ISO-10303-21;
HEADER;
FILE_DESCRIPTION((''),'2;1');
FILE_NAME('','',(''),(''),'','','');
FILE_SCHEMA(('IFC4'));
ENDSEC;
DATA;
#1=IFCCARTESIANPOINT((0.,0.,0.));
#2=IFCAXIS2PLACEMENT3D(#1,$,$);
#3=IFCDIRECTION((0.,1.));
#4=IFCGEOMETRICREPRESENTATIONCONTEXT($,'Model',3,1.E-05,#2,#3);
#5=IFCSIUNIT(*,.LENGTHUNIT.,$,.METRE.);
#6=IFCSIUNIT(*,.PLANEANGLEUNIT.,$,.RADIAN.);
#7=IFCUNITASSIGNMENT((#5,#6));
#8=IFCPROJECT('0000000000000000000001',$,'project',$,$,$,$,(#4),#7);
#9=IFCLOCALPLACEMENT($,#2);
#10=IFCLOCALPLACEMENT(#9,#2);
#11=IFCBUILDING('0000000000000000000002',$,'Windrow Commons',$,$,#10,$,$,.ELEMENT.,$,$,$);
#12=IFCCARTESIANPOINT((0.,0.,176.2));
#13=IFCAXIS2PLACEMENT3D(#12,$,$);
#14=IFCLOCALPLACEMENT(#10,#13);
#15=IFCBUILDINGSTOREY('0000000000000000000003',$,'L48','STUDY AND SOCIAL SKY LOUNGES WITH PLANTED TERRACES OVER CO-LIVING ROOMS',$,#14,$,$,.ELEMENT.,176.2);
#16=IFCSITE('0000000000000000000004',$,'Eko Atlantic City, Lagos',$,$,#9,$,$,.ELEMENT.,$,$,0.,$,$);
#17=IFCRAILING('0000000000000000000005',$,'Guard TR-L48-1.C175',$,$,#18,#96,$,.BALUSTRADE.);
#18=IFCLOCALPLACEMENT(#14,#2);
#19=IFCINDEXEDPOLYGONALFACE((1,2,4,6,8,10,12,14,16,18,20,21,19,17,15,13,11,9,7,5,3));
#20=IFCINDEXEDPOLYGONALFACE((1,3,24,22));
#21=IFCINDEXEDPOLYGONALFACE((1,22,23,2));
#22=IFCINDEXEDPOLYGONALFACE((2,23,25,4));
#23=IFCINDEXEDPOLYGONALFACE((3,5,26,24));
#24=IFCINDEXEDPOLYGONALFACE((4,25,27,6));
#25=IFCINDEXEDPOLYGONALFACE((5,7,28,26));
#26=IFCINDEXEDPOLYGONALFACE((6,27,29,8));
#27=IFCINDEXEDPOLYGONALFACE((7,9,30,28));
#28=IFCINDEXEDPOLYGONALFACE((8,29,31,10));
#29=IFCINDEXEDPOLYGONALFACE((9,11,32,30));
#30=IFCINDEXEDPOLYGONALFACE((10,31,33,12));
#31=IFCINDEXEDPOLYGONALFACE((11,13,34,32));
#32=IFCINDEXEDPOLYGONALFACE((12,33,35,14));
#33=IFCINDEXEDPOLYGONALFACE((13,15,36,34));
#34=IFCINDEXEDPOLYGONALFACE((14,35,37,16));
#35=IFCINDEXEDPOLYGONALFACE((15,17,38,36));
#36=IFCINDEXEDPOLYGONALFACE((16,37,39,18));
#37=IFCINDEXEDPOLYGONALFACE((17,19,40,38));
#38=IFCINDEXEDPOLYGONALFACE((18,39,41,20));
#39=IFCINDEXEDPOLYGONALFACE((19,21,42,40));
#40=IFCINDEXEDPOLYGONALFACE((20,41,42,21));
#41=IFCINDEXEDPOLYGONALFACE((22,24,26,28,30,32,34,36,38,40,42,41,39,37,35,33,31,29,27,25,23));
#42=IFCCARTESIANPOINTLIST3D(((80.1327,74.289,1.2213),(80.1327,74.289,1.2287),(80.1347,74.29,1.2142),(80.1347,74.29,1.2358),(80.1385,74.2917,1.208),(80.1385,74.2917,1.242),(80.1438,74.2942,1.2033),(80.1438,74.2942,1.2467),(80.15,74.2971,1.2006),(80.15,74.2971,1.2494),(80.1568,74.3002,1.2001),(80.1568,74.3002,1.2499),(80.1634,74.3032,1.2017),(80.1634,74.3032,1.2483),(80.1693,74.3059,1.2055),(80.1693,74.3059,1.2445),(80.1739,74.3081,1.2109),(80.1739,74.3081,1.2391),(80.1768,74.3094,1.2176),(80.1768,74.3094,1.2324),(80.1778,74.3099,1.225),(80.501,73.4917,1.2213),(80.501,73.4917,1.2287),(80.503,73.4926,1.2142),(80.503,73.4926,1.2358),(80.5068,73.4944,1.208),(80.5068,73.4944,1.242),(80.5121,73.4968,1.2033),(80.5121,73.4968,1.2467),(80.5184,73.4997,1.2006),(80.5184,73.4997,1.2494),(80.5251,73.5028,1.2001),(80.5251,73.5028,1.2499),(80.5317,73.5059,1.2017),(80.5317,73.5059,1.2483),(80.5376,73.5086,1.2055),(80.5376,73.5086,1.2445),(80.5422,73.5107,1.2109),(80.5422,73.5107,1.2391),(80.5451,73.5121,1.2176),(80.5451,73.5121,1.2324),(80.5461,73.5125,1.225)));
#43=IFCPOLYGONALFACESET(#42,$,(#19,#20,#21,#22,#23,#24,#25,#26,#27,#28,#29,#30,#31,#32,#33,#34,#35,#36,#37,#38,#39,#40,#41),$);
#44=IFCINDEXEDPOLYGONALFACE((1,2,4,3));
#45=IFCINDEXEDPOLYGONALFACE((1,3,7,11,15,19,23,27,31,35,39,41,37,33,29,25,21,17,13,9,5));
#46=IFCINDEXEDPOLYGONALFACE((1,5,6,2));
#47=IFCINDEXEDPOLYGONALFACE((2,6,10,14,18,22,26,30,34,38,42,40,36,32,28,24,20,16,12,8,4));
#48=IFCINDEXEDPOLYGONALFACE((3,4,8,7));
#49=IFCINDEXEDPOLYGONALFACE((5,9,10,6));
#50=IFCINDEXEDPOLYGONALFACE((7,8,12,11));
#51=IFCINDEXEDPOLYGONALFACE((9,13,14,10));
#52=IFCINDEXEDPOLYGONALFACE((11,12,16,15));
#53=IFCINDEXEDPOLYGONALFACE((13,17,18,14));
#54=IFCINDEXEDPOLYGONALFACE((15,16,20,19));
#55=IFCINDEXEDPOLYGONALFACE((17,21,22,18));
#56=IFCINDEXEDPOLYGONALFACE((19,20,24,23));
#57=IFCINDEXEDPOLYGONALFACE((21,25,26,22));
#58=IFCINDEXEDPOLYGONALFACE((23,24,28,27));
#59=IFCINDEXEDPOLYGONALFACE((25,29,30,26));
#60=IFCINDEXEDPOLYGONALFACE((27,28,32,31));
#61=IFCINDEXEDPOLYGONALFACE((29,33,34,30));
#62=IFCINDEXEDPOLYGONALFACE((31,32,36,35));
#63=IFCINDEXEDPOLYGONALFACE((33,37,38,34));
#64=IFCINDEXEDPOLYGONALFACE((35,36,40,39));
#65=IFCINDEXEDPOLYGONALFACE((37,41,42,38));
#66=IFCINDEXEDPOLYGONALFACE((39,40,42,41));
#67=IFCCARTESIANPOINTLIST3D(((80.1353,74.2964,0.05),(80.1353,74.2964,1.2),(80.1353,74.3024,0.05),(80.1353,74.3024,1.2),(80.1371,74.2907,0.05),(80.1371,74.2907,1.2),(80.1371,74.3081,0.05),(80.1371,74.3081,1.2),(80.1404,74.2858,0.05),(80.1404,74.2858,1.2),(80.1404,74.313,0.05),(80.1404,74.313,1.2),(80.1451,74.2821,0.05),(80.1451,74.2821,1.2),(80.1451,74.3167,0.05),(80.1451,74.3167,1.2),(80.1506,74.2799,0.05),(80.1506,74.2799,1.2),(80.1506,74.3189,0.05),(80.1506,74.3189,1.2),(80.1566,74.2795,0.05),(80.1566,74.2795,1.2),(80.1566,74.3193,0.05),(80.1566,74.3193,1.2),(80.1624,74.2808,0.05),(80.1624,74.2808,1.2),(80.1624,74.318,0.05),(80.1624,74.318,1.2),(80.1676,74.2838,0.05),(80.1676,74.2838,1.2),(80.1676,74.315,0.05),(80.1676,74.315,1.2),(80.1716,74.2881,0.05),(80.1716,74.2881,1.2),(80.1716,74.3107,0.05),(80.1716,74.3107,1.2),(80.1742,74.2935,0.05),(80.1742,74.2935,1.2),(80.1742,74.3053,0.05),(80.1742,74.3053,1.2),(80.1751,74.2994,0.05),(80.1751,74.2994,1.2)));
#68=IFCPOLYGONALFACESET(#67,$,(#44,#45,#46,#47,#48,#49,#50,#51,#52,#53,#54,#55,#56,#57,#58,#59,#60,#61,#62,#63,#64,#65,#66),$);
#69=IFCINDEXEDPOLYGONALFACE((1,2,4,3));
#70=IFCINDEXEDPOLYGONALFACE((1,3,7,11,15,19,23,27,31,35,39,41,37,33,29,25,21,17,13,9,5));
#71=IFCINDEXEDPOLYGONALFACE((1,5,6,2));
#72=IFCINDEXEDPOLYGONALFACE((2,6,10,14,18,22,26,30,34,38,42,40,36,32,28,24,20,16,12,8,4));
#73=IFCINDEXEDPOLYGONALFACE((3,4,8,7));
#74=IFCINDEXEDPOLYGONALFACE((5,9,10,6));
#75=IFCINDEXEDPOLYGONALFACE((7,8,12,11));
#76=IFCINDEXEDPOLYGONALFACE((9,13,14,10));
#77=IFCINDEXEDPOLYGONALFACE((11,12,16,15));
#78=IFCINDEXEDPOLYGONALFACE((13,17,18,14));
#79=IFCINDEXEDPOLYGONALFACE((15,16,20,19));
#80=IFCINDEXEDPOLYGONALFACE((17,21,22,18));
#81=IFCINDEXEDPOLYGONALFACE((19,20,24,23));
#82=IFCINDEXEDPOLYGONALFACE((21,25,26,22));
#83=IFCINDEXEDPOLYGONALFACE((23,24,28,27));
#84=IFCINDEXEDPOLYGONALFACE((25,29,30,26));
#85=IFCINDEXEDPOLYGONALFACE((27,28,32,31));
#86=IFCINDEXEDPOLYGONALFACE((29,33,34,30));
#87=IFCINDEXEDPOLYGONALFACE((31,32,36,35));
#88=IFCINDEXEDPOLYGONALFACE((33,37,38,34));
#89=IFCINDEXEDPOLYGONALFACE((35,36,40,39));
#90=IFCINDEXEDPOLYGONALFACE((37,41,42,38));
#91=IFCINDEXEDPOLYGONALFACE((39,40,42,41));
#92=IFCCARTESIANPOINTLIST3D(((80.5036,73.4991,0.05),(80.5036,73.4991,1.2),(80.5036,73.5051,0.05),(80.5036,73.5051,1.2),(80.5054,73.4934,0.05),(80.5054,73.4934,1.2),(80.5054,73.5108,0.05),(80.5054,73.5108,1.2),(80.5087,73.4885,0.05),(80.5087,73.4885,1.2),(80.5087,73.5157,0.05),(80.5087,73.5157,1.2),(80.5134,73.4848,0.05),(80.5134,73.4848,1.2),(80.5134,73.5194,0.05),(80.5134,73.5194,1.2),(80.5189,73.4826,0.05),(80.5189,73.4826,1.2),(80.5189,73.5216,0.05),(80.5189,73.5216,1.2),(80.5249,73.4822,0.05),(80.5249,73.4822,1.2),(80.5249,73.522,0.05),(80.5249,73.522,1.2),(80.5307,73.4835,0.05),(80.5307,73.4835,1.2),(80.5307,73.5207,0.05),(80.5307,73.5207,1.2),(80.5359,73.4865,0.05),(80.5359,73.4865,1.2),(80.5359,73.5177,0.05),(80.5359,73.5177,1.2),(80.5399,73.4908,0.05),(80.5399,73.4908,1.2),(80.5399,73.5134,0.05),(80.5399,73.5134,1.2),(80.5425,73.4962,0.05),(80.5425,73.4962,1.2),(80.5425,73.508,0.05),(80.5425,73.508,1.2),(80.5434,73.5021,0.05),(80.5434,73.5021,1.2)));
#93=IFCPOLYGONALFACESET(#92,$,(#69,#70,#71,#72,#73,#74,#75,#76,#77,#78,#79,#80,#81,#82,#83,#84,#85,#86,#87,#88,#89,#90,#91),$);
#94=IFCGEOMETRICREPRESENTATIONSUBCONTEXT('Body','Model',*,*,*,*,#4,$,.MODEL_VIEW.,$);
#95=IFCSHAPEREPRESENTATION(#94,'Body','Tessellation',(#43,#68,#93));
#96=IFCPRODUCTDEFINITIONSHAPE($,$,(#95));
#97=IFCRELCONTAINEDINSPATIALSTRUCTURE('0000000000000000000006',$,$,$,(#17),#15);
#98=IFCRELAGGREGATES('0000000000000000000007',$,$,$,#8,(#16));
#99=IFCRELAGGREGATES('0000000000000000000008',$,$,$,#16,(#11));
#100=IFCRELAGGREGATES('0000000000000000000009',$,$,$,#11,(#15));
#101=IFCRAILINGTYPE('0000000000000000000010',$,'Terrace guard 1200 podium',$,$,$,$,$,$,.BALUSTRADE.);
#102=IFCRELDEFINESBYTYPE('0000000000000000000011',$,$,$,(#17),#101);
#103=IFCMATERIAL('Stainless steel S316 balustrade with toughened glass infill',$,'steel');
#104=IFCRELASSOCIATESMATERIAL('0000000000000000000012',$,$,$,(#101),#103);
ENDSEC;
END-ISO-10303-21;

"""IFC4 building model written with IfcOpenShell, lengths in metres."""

from ifc_helpers import new_model, si_unit, direction, frame, origin, origin_2d, place, context, subcontext, project, spatial, circle, extrude, material, type_object, element, save


model = new_model("IFC4")

# Units and contexts
model_context = context("Model", 3, precision=1e-05, world=origin(), true_north=direction((0.0, 1.0)))
body_context = subcontext(model_context, "Body", "Model", "MODEL_VIEW")
ifc_project = project(units=[si_unit("LENGTHUNIT", "METRE"), si_unit("PLANEANGLEUNIT", "RADIAN")], contexts=[model_context])

# Site, building, storey
site_placement = place(None, origin())
site = spatial("IfcSite", under=ifc_project, at=site_placement, Name="Eko Atlantic City, Lagos", CompositionType="ELEMENT", RefElevation=0.0)
building_placement = place(site_placement, origin())
building = spatial("IfcBuilding", under=site, at=building_placement, Name="Windrow Commons", CompositionType="ELEMENT")
storey_placement = place(building_placement, frame((0.0, 0.0, 176.2)))
storey = spatial("IfcBuildingStorey", under=building, at=storey_placement, Name="L48", Description="STUDY AND SOCIAL SKY LOUNGES WITH PLANTED TERRACES OVER CO-LIVING ROOMS", CompositionType="ELEMENT", Elevation=176.2)

# Railing
ifc_material_1 = material(Name="Stainless steel S316 balustrade with toughened glass infill", Category="steel")
railing_type_1 = type_object("IfcRailingType", Name="Terrace guard 1200 podium", PredefinedType="BALUSTRADE", material=ifc_material_1)
railing_1_placement = place(storey_placement, frame((80.1551, 74.2994, 0.05)))
element("IfcRailing", 1, at=railing_1_placement, inside=storey, type_object=railing_type_1, Name="Guard TR-L48-1.C175", PredefinedType="BALUSTRADE", context=body_context, shape_type="SweptSolid", body=[
    extrude(circle(Radius=0.025, at=origin_2d()), frame((0.0, 0.0, 1.175), z_axis=(0.419354, -0.907823, 0.0), x_axis=(0.907823, 0.419354, 0.0)), (0.0, 0.0, 1.0), 0.8783),
    extrude(circle(Radius=0.02, at=origin_2d()), origin(), (0.0, 0.0, 1.0), 1.15),
    extrude(circle(Radius=0.02, at=origin_2d()), frame((0.3683, -0.7973, 0.0)), (0.0, 0.0, 1.0), 1.15),
])

save(model, "model.ifc")
